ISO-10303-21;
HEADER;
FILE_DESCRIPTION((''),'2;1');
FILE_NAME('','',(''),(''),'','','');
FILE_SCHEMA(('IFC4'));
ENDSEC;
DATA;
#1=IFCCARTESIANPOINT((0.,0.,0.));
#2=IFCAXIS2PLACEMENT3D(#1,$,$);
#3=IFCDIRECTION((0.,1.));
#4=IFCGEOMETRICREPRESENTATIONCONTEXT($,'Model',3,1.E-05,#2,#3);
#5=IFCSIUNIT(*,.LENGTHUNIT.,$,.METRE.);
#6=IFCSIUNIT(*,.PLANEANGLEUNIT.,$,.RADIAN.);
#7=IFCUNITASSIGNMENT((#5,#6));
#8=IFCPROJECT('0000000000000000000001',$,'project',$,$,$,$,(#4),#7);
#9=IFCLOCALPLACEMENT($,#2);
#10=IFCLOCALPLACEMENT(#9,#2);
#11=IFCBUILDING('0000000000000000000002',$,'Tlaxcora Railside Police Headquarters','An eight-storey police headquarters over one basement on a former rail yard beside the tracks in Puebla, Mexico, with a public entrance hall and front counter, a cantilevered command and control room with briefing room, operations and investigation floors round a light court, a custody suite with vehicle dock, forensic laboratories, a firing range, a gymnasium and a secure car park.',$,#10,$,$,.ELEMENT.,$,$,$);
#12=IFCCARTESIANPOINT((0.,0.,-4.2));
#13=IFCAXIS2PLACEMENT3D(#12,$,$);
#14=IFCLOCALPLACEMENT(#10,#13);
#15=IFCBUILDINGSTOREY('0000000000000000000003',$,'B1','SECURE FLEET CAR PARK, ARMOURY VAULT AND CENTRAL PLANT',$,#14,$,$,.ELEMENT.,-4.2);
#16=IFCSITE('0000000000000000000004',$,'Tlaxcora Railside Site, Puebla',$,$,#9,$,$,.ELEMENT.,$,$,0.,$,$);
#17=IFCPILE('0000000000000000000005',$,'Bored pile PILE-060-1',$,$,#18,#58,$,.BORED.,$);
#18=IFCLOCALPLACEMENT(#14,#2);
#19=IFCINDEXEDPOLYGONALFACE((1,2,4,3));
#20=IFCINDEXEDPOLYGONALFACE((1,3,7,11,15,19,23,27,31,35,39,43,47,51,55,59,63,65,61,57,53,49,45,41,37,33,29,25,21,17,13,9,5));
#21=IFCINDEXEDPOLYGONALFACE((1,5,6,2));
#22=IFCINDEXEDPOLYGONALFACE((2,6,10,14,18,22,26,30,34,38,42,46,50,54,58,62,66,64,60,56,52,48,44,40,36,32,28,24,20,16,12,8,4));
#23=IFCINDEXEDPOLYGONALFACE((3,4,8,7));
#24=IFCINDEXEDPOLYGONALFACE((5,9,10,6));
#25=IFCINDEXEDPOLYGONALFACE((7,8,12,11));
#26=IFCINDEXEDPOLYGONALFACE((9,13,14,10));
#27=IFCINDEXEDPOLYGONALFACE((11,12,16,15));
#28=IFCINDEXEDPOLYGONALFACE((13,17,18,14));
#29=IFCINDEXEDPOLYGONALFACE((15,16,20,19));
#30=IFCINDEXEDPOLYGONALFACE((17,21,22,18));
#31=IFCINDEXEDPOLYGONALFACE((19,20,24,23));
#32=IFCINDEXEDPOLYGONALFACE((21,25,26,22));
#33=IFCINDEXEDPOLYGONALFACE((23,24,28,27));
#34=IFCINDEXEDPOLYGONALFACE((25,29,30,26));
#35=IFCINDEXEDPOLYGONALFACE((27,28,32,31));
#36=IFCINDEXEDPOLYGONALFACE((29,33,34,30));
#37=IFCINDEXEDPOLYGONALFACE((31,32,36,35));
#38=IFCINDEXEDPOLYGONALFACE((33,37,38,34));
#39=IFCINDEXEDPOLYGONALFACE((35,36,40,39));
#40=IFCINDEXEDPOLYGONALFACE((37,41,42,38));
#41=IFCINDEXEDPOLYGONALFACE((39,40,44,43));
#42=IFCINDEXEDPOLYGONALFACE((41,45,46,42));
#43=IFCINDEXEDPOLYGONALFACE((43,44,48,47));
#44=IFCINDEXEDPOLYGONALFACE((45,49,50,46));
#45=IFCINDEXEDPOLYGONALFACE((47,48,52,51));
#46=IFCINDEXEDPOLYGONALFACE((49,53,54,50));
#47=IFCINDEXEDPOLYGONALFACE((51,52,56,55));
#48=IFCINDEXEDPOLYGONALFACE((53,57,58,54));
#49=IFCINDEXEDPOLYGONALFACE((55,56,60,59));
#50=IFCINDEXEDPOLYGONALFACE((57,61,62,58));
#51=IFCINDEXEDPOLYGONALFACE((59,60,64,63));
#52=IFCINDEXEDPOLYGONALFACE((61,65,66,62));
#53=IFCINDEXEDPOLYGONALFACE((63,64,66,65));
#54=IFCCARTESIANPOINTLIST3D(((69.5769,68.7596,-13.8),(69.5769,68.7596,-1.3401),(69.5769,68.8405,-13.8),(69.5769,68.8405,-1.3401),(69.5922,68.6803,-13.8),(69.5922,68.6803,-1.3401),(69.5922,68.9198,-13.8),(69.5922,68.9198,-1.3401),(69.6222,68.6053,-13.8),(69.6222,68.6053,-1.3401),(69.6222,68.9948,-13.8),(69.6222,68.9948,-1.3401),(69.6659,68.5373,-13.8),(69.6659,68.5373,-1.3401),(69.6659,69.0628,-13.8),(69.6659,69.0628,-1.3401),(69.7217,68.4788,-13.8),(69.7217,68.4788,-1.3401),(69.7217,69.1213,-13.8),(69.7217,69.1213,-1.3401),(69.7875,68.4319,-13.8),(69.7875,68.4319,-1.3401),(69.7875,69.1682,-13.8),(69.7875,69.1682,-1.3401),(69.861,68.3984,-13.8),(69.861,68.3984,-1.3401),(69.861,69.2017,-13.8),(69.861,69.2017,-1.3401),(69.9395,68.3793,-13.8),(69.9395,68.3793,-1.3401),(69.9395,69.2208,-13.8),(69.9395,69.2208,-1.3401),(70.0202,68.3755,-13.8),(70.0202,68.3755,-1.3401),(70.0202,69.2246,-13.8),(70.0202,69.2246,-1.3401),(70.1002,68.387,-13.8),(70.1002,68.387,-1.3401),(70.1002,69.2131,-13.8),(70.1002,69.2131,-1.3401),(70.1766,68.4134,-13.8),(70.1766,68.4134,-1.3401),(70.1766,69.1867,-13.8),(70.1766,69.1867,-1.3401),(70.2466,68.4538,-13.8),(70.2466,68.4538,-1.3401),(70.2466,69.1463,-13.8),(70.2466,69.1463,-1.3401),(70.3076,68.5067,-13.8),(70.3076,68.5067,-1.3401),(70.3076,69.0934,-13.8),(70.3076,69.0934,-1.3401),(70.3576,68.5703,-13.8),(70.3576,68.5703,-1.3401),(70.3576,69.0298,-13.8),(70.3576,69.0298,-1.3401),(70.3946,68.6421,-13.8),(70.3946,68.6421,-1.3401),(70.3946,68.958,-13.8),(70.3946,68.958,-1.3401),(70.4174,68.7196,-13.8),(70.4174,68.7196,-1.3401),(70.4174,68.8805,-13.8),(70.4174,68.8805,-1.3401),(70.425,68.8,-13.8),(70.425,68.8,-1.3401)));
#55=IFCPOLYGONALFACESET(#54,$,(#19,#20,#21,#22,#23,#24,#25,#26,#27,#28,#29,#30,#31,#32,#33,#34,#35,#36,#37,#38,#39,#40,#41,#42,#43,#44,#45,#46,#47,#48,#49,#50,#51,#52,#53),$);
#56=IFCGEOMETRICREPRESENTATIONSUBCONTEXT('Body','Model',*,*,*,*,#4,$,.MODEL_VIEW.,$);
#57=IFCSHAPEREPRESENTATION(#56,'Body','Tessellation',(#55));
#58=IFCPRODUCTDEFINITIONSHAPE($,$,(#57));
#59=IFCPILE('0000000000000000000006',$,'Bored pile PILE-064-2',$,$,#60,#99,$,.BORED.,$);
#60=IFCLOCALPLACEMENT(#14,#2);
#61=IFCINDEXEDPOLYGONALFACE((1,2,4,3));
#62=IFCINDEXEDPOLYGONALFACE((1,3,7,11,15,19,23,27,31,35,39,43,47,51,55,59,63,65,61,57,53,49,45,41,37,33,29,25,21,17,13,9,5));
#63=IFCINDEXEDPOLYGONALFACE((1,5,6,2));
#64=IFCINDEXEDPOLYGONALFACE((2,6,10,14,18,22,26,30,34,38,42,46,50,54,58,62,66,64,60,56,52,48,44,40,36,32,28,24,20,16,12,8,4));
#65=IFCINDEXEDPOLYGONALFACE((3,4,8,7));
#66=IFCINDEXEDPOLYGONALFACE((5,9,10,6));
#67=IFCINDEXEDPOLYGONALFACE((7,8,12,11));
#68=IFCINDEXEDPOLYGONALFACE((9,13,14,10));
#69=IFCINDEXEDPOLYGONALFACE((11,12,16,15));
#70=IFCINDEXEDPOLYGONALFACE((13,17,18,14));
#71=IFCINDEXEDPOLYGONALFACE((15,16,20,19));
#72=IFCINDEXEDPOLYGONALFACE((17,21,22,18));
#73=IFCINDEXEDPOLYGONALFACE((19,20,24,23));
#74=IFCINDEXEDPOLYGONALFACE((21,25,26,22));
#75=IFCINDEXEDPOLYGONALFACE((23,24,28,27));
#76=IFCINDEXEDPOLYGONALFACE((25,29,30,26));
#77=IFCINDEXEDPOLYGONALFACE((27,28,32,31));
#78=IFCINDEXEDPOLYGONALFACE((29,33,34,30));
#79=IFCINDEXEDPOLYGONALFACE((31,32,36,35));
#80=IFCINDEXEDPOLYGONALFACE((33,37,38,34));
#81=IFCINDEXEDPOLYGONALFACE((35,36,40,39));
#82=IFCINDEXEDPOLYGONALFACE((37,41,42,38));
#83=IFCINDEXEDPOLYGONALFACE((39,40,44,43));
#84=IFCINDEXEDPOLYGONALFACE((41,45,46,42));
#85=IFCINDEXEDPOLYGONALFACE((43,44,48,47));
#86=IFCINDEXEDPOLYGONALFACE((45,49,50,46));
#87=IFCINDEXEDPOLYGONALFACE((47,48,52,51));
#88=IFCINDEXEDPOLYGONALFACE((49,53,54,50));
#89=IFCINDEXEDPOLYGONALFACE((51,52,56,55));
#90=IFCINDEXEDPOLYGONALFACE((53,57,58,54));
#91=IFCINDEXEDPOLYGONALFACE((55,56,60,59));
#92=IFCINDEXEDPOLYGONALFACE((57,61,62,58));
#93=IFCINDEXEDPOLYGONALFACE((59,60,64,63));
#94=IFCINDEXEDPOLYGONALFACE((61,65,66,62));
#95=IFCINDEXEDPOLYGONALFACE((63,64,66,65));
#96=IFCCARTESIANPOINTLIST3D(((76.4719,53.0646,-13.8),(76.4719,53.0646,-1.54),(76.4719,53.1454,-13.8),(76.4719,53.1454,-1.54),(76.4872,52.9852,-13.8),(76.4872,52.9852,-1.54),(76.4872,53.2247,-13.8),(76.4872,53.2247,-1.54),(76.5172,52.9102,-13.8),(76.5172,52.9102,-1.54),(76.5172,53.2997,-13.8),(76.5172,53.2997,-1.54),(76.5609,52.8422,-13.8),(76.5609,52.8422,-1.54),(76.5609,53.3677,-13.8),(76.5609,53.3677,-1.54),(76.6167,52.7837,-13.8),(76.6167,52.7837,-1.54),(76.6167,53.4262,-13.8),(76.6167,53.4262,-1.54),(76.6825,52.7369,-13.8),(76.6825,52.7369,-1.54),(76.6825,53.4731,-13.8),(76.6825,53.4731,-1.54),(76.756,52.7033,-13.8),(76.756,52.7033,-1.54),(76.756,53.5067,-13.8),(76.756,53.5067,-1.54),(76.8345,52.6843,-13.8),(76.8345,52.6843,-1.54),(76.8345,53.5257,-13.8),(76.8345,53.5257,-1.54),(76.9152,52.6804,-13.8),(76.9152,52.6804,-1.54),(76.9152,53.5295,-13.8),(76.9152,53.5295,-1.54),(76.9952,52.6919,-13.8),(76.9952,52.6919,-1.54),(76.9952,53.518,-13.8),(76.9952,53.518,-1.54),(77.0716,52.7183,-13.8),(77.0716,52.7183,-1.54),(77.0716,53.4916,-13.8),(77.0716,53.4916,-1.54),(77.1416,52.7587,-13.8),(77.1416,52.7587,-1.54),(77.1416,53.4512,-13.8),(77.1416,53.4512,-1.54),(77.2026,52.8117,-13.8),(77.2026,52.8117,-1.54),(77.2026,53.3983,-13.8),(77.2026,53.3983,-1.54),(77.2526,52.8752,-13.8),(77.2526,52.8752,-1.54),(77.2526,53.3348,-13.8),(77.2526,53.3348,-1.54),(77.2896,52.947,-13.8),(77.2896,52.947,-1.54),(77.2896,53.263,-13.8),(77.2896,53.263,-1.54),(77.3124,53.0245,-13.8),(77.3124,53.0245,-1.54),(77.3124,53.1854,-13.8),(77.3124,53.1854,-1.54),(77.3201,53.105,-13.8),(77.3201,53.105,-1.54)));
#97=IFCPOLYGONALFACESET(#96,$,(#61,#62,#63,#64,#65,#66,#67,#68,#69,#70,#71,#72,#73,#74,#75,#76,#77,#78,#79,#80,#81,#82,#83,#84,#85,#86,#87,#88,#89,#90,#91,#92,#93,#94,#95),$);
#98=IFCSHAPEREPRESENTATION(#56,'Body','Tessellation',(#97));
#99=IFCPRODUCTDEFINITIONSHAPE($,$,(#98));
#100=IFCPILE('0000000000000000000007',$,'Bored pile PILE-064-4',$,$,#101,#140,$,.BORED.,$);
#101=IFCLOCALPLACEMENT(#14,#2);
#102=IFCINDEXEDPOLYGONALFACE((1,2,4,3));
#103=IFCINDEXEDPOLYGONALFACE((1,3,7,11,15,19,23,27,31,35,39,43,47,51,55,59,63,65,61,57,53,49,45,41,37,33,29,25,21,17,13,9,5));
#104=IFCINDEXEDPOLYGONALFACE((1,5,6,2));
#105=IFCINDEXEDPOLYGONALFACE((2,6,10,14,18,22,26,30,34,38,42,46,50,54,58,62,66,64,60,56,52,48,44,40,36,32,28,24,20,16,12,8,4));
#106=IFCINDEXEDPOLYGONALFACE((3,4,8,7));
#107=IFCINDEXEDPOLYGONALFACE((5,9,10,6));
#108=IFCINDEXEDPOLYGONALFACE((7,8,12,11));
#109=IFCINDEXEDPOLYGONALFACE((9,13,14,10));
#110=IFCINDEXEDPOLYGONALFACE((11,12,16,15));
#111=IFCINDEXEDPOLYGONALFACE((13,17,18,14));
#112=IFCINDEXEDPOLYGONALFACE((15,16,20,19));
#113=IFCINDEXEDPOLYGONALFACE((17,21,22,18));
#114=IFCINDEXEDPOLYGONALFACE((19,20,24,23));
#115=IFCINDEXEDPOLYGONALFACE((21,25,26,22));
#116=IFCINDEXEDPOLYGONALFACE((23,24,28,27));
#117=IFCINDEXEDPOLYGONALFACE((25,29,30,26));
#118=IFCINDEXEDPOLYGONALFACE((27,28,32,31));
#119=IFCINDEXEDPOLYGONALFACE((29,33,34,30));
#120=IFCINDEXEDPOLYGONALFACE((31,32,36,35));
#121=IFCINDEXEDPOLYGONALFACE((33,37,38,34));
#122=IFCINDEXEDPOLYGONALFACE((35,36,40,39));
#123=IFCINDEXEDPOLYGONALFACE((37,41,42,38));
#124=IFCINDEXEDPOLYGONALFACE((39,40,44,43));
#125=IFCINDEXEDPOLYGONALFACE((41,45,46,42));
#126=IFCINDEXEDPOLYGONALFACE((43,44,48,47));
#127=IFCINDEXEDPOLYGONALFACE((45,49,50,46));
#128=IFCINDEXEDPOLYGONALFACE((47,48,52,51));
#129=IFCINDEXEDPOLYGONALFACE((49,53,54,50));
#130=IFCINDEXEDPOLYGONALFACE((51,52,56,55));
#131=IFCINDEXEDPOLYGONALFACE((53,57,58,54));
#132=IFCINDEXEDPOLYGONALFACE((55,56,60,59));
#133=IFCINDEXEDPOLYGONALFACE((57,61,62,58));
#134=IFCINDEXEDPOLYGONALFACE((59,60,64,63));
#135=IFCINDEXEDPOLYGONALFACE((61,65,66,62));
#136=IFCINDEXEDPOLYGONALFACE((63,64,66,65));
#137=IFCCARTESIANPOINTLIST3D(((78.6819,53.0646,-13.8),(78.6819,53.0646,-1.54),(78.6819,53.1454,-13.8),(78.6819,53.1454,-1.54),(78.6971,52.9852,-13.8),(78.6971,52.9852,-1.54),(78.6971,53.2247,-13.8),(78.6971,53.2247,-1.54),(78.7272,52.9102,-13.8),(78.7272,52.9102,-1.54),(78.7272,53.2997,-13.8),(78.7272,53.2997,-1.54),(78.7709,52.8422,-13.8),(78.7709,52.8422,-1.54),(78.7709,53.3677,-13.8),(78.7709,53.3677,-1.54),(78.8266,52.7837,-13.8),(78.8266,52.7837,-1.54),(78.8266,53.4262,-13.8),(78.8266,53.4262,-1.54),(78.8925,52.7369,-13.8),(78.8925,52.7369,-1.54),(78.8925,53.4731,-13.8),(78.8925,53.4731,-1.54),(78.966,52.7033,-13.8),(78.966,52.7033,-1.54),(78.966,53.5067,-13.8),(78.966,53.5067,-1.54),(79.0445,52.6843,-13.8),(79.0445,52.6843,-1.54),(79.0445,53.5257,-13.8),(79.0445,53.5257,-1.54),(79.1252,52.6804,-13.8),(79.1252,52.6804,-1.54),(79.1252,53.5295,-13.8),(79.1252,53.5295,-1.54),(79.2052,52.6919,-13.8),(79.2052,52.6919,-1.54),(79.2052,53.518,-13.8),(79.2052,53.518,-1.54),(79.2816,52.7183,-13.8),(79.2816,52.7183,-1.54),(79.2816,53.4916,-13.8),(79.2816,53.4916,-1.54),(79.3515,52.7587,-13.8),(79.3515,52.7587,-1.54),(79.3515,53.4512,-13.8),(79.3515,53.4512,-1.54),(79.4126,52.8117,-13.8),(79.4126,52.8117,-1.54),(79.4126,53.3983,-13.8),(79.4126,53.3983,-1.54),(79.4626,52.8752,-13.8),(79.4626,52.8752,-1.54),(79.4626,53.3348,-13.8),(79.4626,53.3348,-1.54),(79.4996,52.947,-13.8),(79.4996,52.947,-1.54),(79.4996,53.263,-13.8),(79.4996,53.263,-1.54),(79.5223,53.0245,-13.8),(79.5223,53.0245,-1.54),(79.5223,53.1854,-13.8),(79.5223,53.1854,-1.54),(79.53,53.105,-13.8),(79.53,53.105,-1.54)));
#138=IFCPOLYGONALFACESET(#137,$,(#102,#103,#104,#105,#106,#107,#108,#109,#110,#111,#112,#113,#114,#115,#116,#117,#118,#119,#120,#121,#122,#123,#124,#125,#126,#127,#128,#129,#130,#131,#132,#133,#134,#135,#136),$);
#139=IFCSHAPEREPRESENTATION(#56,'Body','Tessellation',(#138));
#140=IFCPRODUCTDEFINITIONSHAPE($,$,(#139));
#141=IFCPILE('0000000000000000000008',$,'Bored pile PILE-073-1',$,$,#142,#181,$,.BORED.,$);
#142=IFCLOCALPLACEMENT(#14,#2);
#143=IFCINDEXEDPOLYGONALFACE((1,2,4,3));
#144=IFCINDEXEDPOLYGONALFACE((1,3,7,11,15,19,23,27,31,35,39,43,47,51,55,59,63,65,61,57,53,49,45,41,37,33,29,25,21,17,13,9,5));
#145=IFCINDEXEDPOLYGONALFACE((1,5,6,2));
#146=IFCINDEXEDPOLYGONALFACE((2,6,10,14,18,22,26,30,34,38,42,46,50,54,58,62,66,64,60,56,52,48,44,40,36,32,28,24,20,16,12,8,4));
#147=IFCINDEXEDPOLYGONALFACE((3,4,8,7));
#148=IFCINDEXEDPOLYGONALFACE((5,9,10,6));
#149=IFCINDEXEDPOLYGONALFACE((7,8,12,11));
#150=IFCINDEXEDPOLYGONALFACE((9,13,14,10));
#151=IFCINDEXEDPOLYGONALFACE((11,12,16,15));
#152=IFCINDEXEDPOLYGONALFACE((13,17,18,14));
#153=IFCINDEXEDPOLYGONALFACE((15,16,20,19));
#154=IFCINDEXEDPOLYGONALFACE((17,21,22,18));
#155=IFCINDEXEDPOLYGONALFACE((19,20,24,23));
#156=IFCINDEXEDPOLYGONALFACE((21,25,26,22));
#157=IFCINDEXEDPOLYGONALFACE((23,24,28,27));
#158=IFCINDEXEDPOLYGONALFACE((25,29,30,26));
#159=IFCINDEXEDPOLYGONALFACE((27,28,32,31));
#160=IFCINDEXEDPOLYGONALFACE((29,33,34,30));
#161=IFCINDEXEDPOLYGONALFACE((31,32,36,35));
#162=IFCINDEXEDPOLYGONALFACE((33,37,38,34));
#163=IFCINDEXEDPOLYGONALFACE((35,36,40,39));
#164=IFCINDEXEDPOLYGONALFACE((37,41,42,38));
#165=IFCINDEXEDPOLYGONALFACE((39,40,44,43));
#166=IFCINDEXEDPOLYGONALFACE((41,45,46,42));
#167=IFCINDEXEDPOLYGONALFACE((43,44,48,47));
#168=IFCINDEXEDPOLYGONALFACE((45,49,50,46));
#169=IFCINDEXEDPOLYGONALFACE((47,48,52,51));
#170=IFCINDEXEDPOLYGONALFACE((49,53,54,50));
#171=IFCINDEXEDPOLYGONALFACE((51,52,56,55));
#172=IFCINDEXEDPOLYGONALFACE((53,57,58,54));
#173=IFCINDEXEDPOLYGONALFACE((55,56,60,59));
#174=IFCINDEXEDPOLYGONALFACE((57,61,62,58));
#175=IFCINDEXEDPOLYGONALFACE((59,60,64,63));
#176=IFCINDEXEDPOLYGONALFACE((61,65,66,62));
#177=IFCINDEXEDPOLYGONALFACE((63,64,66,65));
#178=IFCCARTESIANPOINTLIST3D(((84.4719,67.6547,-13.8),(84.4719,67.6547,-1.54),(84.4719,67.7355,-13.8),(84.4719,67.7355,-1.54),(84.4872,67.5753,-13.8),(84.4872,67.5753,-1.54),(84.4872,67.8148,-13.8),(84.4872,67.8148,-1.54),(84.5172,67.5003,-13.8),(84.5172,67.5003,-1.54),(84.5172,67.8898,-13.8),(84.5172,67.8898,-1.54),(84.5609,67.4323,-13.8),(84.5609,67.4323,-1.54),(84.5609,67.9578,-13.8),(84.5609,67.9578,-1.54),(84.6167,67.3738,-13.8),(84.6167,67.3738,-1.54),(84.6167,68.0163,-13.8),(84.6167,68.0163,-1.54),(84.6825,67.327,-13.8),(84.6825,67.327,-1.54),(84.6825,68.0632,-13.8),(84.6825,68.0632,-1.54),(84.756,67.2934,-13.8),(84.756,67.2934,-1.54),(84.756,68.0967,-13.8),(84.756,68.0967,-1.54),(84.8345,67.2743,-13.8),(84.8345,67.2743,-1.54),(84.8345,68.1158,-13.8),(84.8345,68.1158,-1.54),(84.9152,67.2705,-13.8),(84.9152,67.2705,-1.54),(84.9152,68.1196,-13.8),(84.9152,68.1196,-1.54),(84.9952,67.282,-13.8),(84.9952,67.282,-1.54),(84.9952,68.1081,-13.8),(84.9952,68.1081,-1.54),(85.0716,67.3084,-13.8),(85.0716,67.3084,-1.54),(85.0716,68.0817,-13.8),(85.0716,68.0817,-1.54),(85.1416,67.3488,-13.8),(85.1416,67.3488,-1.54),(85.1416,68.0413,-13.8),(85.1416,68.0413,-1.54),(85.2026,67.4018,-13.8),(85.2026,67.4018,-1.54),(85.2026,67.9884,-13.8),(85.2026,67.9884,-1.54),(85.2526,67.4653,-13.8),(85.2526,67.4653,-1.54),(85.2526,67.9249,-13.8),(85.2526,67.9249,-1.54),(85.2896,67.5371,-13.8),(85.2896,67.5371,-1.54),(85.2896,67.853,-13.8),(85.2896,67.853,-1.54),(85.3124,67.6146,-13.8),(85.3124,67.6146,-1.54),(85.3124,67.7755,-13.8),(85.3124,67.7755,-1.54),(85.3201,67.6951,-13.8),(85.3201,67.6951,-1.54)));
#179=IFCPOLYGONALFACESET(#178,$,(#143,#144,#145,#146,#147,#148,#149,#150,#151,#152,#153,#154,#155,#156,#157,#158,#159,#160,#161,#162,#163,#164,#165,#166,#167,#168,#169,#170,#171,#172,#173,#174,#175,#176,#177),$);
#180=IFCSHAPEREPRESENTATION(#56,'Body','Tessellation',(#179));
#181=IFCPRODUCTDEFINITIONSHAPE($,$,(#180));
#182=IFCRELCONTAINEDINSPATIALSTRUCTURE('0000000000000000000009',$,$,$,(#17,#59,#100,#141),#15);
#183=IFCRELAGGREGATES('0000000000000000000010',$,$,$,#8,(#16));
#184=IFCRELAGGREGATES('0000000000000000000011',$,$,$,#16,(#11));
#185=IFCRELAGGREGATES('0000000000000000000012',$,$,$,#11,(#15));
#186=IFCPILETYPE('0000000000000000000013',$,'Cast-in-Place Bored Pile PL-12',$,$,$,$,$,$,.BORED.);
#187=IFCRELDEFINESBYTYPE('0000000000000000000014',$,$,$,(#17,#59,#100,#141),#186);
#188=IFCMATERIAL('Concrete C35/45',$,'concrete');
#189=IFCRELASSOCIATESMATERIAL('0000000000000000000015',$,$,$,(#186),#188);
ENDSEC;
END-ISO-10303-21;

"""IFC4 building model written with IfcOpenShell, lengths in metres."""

from ifc_helpers import new_model, si_unit, direction, frame, origin, origin_2d, place, context, subcontext, project, spatial, circle, extrude, material, material_profile, profile_set, type_object, element, save


model = new_model("IFC4")

# Units and contexts
model_context = context("Model", 3, precision=1e-05, world=origin(), true_north=direction((0.0, 1.0)))
body_context = subcontext(model_context, "Body", "Model", "MODEL_VIEW")
ifc_project = project(units=[si_unit("LENGTHUNIT", "METRE"), si_unit("PLANEANGLEUNIT", "RADIAN")], contexts=[model_context])

# Site, building, storey
site_placement = place(None, origin())
site = spatial("IfcSite", under=ifc_project, at=site_placement, Name="Tlaxcora Railside Site, Puebla", CompositionType="ELEMENT", RefElevation=0.0)
building_placement = place(site_placement, origin())
building = spatial("IfcBuilding", under=site, at=building_placement, Name="Tlaxcora Railside Police Headquarters", Description="An eight-storey police headquarters over one basement on a former rail yard beside the tracks in Puebla, Mexico, with a public entrance hall and front counter, a cantilevered command and control room with briefing room, operations and investigation floors round a light court, a custody suite with vehicle dock, forensic laboratories, a firing range, a gymnasium and a secure car park.", CompositionType="ELEMENT")
storey_placement = place(building_placement, frame((0.0, 0.0, -4.2)))
storey = spatial("IfcBuildingStorey", under=building, at=storey_placement, Name="B1", Description="SECURE FLEET CAR PARK, ARMOURY VAULT AND CENTRAL PLANT", CompositionType="ELEMENT", Elevation=-4.2)

# Piles
ifc_material_1 = material(Name="Concrete C35/45", Category="concrete")
ifc_material_profile_1 = material_profile(ifc_material_1, circle(Radius=0.425, at=origin_2d()), Name="PILE850")
ifc_profile_set_1 = profile_set([ifc_material_profile_1], Name="Concrete C35/45")
pile_type_1 = type_object("IfcPileType", Name="Cast-in-Place Bored Pile PL-12", PredefinedType="BORED", material=ifc_profile_set_1)
pile_placement = place(storey_placement, frame((70.0, 68.8, -1.3401), z_axis=(0.0, 0.0, -1.0), x_axis=(1.0, 0.0, 0.0)))
element("IfcPile", 1, at=pile_placement, inside=storey, type_object=pile_type_1, Name="Bored pile PILE-060-1", PredefinedType="BORED", context=body_context, shape_type="SweptSolid", body=[
    extrude(circle(Radius=0.425, at=origin_2d()), origin(), (0.0, 0.0, 1.0), 12.46),
])
for number, where, z_axis, x_axis, name in (
    (2, (76.895, 53.105, -1.54), (0.0, 0.0, -1.0), (1.0, 0.0, 0.0), "Bored pile PILE-064-2"),
    (3, (79.105, 53.105, -1.54), (0.0, 0.0, -1.0), (1.0, 0.0, 0.0), "Bored pile PILE-064-4"),
    (4, (84.895, 67.6951, -1.54), (0.0, 0.0, -1.0), (1.0, 0.0, 0.0), "Bored pile PILE-073-1"),
):
    element("IfcPile", number, at=place(storey_placement, frame(where, z_axis=z_axis, x_axis=x_axis)), inside=storey, type_object=pile_type_1, Name=name, PredefinedType="BORED", context=body_context, shape_type="SweptSolid", body=[
        extrude(circle(Radius=0.425, at=origin_2d()), origin(), (0.0, 0.0, 1.0), 12.26),
    ])

save(model, "model.ifc")
